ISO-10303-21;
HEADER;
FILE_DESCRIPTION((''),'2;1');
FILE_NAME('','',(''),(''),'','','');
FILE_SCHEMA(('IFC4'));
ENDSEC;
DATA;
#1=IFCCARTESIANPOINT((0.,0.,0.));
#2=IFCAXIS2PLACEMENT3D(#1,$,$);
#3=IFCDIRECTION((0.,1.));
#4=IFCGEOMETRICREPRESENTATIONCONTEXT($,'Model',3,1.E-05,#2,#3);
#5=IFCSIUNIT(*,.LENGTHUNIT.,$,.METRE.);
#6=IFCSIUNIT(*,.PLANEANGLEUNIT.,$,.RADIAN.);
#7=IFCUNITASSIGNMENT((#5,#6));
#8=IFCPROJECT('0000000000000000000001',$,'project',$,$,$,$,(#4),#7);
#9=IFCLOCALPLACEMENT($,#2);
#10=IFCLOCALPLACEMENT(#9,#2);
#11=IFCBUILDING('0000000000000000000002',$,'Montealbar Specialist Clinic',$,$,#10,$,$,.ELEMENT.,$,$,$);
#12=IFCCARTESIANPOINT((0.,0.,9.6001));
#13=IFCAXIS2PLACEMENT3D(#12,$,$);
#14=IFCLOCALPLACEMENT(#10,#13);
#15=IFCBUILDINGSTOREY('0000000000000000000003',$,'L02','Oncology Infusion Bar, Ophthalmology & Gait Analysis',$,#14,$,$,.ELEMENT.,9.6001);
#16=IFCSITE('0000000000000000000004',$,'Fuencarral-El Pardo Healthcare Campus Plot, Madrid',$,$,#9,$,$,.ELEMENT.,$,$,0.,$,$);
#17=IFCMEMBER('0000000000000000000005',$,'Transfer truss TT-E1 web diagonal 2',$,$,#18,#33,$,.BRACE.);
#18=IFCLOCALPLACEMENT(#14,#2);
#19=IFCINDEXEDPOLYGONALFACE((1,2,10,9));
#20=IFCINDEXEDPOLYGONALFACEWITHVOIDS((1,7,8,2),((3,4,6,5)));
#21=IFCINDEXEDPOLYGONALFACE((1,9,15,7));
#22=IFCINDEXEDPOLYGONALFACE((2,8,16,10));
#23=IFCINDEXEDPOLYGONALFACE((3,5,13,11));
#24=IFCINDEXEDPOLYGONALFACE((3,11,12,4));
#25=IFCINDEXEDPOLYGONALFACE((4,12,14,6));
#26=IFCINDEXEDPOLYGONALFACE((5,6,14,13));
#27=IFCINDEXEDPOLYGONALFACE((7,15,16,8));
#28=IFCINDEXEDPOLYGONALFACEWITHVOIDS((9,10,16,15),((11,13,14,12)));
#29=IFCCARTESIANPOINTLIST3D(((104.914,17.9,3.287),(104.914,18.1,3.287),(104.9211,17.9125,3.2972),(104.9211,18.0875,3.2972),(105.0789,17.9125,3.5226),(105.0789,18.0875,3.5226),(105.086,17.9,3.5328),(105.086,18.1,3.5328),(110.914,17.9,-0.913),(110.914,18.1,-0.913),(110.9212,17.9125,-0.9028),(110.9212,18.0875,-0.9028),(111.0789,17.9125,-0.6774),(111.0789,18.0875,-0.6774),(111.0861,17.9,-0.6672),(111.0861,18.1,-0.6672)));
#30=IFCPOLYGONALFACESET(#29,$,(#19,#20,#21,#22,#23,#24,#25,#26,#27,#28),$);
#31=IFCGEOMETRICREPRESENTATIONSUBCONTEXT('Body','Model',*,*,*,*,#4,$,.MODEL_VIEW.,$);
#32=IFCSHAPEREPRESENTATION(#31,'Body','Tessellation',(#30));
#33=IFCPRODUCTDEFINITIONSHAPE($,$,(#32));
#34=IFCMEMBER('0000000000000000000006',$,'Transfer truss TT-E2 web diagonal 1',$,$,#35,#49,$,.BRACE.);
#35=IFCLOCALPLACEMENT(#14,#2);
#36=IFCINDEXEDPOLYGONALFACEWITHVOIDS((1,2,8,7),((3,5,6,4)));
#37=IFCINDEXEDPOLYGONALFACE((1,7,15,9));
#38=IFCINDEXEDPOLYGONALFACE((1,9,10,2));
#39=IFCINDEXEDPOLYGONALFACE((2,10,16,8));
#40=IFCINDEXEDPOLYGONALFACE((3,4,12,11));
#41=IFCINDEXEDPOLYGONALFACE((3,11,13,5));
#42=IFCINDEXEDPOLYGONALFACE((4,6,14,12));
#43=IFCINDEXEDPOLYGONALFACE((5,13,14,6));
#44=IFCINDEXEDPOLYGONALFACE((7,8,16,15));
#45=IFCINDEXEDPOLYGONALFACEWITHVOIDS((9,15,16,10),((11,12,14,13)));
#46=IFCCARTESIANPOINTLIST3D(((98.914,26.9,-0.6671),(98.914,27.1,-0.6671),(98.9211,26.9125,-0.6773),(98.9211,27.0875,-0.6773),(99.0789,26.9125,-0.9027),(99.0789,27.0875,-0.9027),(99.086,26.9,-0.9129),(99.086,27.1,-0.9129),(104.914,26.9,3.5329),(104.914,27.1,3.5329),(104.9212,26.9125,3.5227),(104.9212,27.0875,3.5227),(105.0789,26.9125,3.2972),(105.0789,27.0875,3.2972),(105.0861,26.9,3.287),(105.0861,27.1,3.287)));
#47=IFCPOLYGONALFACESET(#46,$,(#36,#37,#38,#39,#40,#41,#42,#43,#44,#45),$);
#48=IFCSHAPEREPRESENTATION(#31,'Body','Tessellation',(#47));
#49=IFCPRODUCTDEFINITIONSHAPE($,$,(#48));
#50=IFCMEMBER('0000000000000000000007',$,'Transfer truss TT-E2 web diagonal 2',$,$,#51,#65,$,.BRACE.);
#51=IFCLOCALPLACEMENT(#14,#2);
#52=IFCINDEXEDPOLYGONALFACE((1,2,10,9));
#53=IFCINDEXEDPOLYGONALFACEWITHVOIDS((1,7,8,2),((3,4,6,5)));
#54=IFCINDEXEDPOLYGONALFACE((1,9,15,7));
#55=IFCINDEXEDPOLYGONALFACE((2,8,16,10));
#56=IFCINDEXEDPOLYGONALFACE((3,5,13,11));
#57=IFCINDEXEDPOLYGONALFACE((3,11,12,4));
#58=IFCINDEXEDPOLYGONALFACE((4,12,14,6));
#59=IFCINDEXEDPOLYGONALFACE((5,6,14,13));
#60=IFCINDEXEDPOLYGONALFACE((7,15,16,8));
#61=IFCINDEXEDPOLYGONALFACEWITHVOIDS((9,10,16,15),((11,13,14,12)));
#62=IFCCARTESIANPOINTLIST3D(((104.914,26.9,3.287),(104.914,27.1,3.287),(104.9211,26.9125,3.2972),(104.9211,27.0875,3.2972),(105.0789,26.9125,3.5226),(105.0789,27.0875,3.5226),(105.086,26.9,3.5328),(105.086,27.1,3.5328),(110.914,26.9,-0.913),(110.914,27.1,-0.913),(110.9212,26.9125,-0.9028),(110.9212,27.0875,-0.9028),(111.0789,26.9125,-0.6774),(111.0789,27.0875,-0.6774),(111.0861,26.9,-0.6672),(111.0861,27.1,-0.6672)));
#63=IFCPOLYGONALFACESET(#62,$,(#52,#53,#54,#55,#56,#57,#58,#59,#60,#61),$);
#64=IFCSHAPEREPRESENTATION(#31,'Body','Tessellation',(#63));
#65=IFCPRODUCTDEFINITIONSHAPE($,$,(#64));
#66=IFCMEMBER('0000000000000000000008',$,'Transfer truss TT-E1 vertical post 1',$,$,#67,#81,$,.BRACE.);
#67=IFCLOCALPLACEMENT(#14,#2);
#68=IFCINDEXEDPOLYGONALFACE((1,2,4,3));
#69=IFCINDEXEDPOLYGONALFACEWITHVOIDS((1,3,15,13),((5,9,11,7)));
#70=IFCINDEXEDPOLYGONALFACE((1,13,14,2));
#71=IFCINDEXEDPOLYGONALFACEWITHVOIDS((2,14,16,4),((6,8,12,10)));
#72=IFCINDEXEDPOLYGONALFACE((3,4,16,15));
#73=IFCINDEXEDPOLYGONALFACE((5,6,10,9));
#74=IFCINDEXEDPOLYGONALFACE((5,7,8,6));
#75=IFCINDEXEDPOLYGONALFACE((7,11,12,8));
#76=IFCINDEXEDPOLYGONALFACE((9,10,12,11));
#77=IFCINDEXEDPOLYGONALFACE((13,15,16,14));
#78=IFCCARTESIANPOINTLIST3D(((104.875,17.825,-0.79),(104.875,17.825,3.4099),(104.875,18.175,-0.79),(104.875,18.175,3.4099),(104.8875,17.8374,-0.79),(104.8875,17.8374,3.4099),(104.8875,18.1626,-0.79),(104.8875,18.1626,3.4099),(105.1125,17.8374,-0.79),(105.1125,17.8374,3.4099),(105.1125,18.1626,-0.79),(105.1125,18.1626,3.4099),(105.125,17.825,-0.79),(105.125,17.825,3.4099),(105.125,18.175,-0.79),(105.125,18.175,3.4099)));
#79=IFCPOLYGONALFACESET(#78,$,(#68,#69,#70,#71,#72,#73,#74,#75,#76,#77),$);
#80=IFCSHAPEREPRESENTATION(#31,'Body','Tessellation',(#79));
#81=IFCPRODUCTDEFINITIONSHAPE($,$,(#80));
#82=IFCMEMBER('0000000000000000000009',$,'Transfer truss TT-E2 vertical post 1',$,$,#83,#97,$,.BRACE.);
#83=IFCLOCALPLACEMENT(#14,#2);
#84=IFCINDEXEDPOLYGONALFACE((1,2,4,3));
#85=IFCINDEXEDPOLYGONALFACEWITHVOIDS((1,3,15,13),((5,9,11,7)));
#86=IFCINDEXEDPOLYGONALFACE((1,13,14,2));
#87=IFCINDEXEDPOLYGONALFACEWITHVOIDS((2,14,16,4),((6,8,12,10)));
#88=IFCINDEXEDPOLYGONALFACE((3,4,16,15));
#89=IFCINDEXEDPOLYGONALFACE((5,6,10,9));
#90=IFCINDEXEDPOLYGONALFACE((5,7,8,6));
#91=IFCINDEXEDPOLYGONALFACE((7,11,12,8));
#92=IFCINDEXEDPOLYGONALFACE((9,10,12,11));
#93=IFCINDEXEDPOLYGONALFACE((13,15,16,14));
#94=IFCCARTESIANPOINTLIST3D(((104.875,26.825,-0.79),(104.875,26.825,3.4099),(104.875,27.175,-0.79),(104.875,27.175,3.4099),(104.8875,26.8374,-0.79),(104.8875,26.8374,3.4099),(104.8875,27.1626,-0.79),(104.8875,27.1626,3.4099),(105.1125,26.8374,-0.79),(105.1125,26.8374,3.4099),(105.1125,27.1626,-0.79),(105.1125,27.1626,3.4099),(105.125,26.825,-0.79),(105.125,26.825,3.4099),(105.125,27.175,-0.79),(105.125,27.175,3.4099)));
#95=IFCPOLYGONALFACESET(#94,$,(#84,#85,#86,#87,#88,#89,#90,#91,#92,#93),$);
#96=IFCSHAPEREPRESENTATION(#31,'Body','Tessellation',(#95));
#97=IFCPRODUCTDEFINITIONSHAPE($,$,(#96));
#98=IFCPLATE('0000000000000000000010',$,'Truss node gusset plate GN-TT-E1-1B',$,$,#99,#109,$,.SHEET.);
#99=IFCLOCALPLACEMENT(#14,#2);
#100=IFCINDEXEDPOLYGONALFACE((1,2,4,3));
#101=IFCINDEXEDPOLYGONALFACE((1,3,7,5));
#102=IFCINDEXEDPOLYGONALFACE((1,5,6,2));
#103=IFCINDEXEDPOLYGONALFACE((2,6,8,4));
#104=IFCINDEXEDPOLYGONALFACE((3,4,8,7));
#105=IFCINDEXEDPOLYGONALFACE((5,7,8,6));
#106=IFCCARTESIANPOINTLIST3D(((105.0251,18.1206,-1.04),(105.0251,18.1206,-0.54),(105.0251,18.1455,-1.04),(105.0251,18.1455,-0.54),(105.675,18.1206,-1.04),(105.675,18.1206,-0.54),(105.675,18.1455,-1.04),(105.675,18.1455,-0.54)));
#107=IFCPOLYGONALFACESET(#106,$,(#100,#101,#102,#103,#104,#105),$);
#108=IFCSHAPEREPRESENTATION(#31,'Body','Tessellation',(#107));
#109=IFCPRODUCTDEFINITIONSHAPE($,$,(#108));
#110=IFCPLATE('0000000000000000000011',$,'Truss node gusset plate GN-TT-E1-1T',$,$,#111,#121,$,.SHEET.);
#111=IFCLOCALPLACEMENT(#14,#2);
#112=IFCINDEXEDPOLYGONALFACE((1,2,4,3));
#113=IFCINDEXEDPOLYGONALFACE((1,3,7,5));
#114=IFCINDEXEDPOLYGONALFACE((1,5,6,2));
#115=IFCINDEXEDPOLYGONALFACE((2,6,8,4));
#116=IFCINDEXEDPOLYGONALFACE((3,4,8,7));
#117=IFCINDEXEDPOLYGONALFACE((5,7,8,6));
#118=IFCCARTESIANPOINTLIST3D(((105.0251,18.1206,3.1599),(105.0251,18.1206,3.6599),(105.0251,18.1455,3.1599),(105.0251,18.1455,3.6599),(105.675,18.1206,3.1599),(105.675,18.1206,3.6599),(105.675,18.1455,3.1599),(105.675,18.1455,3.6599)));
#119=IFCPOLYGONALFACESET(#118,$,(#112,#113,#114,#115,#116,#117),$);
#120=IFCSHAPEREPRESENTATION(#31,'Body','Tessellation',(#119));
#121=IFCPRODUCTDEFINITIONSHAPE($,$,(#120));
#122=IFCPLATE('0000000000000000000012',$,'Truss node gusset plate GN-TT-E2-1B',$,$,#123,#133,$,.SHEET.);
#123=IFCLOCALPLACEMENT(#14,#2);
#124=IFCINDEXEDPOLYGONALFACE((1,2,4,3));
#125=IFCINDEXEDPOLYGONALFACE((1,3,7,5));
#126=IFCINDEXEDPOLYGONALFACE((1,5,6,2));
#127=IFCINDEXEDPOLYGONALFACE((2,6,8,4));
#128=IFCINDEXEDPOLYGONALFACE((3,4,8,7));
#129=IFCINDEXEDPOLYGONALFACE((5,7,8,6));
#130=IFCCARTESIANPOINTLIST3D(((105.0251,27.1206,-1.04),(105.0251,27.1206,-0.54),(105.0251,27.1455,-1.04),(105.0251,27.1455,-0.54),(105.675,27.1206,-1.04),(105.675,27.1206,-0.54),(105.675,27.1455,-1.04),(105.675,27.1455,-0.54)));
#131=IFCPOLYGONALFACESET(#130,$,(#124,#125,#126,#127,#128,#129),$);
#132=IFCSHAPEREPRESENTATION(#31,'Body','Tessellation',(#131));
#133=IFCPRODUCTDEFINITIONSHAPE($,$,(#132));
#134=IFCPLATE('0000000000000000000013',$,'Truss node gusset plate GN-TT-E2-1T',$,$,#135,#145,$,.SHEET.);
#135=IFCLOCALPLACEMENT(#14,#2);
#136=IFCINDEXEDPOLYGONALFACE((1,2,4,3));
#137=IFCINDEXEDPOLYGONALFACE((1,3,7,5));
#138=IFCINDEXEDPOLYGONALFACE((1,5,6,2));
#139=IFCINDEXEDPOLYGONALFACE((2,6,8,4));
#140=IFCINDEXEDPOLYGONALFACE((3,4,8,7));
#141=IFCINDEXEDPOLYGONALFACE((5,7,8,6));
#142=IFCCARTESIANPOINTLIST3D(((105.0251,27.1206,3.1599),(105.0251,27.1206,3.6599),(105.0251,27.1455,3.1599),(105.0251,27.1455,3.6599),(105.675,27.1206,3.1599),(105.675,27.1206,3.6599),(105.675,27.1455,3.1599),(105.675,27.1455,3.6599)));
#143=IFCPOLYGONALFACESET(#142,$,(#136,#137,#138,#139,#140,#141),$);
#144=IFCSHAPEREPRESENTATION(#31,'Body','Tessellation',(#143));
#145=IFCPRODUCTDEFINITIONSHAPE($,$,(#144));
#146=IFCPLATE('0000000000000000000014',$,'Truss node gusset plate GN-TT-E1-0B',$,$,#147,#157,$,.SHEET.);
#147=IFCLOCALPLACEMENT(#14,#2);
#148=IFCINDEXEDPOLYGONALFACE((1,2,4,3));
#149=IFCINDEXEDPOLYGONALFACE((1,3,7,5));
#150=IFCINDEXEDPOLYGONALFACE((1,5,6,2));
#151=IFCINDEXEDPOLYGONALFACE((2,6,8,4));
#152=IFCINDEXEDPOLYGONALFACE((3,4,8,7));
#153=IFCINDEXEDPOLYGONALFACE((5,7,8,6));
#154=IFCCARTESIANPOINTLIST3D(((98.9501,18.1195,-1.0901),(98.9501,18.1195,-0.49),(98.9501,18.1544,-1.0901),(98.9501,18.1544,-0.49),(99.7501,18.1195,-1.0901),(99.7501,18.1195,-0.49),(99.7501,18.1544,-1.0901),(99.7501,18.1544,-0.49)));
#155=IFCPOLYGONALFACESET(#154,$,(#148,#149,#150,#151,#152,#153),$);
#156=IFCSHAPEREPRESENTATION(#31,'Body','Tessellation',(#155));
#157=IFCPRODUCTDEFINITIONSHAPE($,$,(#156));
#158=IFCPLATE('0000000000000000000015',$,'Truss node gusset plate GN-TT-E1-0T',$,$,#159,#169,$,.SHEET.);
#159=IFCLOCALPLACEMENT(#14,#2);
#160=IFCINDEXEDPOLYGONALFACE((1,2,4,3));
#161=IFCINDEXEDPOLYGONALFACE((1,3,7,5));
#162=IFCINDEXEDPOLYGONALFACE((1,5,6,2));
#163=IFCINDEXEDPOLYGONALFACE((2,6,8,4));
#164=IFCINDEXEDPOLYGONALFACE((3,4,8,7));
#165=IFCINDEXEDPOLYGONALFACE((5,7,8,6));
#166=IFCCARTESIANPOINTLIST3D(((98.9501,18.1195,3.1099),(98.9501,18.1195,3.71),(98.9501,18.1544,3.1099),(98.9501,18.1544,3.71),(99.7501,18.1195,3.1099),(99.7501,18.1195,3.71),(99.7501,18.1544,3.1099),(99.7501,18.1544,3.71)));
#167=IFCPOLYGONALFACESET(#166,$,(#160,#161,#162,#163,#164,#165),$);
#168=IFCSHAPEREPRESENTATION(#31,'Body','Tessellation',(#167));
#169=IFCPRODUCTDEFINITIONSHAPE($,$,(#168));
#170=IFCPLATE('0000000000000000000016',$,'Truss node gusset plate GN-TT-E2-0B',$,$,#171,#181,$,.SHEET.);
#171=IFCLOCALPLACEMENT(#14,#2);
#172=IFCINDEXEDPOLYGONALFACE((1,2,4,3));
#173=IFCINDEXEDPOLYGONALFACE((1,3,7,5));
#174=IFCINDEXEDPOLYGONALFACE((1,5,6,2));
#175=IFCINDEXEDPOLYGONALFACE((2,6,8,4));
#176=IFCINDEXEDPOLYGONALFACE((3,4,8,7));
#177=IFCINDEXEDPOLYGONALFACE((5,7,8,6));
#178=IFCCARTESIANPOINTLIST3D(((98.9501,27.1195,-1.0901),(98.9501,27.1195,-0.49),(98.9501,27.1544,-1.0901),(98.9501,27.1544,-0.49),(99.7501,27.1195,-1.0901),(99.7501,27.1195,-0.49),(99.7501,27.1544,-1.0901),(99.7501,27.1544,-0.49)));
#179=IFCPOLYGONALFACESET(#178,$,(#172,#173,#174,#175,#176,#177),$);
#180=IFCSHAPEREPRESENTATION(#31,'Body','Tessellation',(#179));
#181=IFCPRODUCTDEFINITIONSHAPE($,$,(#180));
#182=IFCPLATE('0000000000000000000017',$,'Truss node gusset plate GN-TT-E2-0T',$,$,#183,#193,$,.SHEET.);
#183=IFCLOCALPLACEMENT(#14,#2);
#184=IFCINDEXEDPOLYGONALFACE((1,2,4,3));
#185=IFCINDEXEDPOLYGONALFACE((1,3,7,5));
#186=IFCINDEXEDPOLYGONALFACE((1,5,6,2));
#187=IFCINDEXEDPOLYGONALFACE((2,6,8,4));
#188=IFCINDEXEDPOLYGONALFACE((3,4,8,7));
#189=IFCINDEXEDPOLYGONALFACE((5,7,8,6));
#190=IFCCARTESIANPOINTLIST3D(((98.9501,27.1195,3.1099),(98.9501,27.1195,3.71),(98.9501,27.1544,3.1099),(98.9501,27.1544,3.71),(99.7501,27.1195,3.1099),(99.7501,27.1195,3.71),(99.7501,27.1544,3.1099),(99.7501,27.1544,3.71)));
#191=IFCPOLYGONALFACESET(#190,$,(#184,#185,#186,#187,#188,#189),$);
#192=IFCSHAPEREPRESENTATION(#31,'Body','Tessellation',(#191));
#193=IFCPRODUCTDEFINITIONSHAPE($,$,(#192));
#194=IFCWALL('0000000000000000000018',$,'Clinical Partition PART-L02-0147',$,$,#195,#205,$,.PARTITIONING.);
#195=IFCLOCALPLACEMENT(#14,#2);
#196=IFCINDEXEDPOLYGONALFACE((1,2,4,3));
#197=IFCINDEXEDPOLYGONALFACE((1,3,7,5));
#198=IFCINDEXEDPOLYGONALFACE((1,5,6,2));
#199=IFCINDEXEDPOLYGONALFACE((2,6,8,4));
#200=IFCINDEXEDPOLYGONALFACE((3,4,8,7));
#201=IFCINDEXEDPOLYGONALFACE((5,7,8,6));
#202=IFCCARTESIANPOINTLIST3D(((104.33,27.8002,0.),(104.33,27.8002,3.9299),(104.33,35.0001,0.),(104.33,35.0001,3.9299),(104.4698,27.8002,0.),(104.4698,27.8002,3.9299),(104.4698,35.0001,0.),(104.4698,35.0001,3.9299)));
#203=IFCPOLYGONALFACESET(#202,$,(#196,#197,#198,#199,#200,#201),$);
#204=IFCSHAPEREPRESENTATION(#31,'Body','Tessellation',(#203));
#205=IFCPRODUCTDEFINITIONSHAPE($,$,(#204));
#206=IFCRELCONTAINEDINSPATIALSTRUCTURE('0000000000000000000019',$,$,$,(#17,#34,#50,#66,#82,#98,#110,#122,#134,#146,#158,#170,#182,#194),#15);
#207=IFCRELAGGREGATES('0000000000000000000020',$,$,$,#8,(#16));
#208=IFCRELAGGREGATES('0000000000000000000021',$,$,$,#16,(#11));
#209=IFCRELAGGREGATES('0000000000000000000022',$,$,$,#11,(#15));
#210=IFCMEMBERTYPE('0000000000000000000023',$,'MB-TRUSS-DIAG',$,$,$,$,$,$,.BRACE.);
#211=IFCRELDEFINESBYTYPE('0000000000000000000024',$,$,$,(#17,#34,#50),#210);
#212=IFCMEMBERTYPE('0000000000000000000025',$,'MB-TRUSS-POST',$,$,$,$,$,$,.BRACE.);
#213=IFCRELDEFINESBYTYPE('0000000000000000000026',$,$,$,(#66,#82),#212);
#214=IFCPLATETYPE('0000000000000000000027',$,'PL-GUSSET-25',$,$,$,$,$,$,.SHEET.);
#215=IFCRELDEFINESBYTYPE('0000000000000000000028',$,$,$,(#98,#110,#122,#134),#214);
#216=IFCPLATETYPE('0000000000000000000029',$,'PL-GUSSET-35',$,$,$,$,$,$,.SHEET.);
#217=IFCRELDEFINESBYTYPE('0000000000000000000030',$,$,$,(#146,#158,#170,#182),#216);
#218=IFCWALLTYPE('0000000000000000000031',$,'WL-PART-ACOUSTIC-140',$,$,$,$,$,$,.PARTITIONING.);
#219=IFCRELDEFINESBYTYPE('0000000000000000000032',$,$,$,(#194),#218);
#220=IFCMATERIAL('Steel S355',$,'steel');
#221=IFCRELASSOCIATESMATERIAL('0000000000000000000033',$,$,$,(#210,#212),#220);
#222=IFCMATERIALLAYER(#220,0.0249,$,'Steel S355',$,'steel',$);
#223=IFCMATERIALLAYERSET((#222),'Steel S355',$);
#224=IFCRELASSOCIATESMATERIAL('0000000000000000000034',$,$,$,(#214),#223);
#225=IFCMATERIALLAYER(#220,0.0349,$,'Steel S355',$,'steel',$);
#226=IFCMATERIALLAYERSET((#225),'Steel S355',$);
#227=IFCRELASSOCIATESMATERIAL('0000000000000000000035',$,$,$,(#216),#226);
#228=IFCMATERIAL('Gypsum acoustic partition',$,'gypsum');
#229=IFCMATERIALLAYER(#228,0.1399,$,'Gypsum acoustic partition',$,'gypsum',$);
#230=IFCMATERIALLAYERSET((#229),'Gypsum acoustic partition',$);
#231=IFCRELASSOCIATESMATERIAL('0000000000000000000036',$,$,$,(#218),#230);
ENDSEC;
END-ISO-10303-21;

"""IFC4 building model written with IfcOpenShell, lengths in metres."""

from ifc_helpers import new_model, si_unit, direction, frame, frame_2d, origin, origin_2d, place, context, subcontext, project, spatial, rectangle, hollow_rectangle, extrude, material, layer, layer_set, material_profile, profile_set, type_object, element, save


model = new_model("IFC4")

# Units and contexts
model_context = context("Model", 3, precision=1e-05, world=origin(), true_north=direction((0.0, 1.0)))
body_context = subcontext(model_context, "Body", "Model", "MODEL_VIEW")
ifc_project = project(units=[si_unit("LENGTHUNIT", "METRE"), si_unit("PLANEANGLEUNIT", "RADIAN")], contexts=[model_context])

# Site, building, storey
site_placement = place(None, origin())
site = spatial("IfcSite", under=ifc_project, at=site_placement, Name="Fuencarral-El Pardo Healthcare Campus Plot, Madrid", CompositionType="ELEMENT", RefElevation=0.0)
building_placement = place(site_placement, origin())
building = spatial("IfcBuilding", under=site, at=building_placement, Name="Montealbar Specialist Clinic", CompositionType="ELEMENT")
storey_placement = place(building_placement, frame((0.0, 0.0, 9.6001)))
storey = spatial("IfcBuildingStorey", under=building, at=storey_placement, Name="L02", Description="Oncology Infusion Bar, Ophthalmology & Gait Analysis", CompositionType="ELEMENT", Elevation=9.6001)

# Shared definitions
ifc_material_1 = material(Name="Steel S355", Category="steel")

# Members
ifc_material_profile_1 = material_profile(ifc_material_1, hollow_rectangle(XDim=0.2, YDim=0.3, WallThickness=0.0125, at=origin_2d()), Name="RHS 300x200x12.5", Category="steel")
ifc_profile_set_1 = profile_set([ifc_material_profile_1], Name="Steel S355")
member_type_1 = type_object("IfcMemberType", Name="MB-TRUSS-DIAG", PredefinedType="BRACE", material=ifc_profile_set_1)
for number, where, z_axis, x_axis, name in (
    (1, (105.0, 18.0, 3.4099), (0.819235, 0.0, -0.573458), (0.0, 1.0, 0.0), "Transfer truss TT-E1 web diagonal 2"),
    (2, (99.0, 27.0, -0.79), (0.819235, 0.0, 0.573458), (0.0, 1.0, 0.0), "Transfer truss TT-E2 web diagonal 1"),
    (3, (105.0, 27.0, 3.4099), (0.819235, 0.0, -0.573458), (0.0, 1.0, 0.0), "Transfer truss TT-E2 web diagonal 2"),
):
    element("IfcMember", number, at=place(storey_placement, frame(where, z_axis=z_axis, x_axis=x_axis)), inside=storey, type_object=member_type_1, Name=name, PredefinedType="BRACE", context=body_context, shape_type="SweptSolid", body=[
        extrude(hollow_rectangle(XDim=0.2, YDim=0.3, WallThickness=0.0125, at=origin_2d()), origin(), (0.0, 0.0, 1.0), 7.324),
    ])
ifc_material_profile_2 = material_profile(ifc_material_1, hollow_rectangle(XDim=0.25, YDim=0.3501, WallThickness=0.0125, at=origin_2d()), Name="RHS 350x250x12.5", Category="steel")
ifc_profile_set_2 = profile_set([ifc_material_profile_2], Name="Steel S355")
member_type_2 = type_object("IfcMemberType", Name="MB-TRUSS-POST", PredefinedType="BRACE", material=ifc_profile_set_2)
for number, where, z_axis, x_axis, name in (
    (4, (105.0, 18.0, -0.79), (0.0, 0.0, 1.0), (1.0, 0.0, 0.0), "Transfer truss TT-E1 vertical post 1"),
    (5, (105.0, 27.0, -0.79), (0.0, 0.0, 1.0), (1.0, 0.0, 0.0), "Transfer truss TT-E2 vertical post 1"),
):
    element("IfcMember", number, at=place(storey_placement, frame(where, z_axis=z_axis, x_axis=x_axis)), inside=storey, type_object=member_type_2, Name=name, PredefinedType="BRACE", context=body_context, shape_type="SweptSolid", body=[
        extrude(hollow_rectangle(XDim=0.25, YDim=0.3501, WallThickness=0.0125, at=origin_2d()), origin(), (0.0, 0.0, 1.0), 4.2),
    ])

# Plates
ifc_layer_1 = layer(ifc_material_1, 0.0249, Name="Steel S355", Category="steel")
ifc_layer_set_1 = layer_set([ifc_layer_1], Name="Steel S355")
plate_type_1 = type_object("IfcPlateType", Name="PL-GUSSET-25", PredefinedType="SHEET", material=ifc_layer_set_1)
for number, where, z_axis, x_axis, name in (
    (6, (105.3501, 18.1331, -1.04), (0.0, 0.0, 1.0), (1.0, 0.0, 0.0), "Truss node gusset plate GN-TT-E1-1B"),
    (7, (105.3501, 18.1331, 3.1599), (0.0, 0.0, 1.0), (1.0, 0.0, 0.0), "Truss node gusset plate GN-TT-E1-1T"),
    (8, (105.3501, 27.1331, -1.04), (0.0, 0.0, 1.0), (1.0, 0.0, 0.0), "Truss node gusset plate GN-TT-E2-1B"),
    (9, (105.3501, 27.1331, 3.1599), (0.0, 0.0, 1.0), (1.0, 0.0, 0.0), "Truss node gusset plate GN-TT-E2-1T"),
):
    element("IfcPlate", number, at=place(storey_placement, frame(where, z_axis=z_axis, x_axis=x_axis)), inside=storey, type_object=plate_type_1, Name=name, PredefinedType="SHEET", context=body_context, shape_type="SweptSolid", body=[
        extrude(rectangle(XDim=0.6499, YDim=0.0249, at=origin_2d()), origin(), (0.0, 0.0, 1.0), 0.5),
    ])
ifc_layer_2 = layer(ifc_material_1, 0.0349, Name="Steel S355", Category="steel")
ifc_layer_set_2 = layer_set([ifc_layer_2], Name="Steel S355")
plate_type_2 = type_object("IfcPlateType", Name="PL-GUSSET-35", PredefinedType="SHEET", material=ifc_layer_set_2)
for number, where, z_axis, x_axis, name in (
    (10, (99.3501, 18.137, -1.0901), (0.0, 0.0, 1.0), (1.0, 0.0, 0.0), "Truss node gusset plate GN-TT-E1-0B"),
    (11, (99.3501, 18.137, 3.1099), (0.0, 0.0, 1.0), (1.0, 0.0, 0.0), "Truss node gusset plate GN-TT-E1-0T"),
    (12, (99.3501, 27.137, -1.0901), (0.0, 0.0, 1.0), (1.0, 0.0, 0.0), "Truss node gusset plate GN-TT-E2-0B"),
    (13, (99.3501, 27.137, 3.1099), (0.0, 0.0, 1.0), (1.0, 0.0, 0.0), "Truss node gusset plate GN-TT-E2-0T"),
):
    element("IfcPlate", number, at=place(storey_placement, frame(where, z_axis=z_axis, x_axis=x_axis)), inside=storey, type_object=plate_type_2, Name=name, PredefinedType="SHEET", context=body_context, shape_type="SweptSolid", body=[
        extrude(rectangle(XDim=0.8, YDim=0.0349, at=origin_2d()), origin(), (0.0, 0.0, 1.0), 0.6001),
    ])

# Wall
ifc_material_2 = material(Name="Gypsum acoustic partition", Category="gypsum")
ifc_layer_3 = layer(ifc_material_2, 0.1399, Name="Gypsum acoustic partition", Category="gypsum")
ifc_layer_set_3 = layer_set([ifc_layer_3], Name="Gypsum acoustic partition")
wall_type_1 = type_object("IfcWallType", Name="WL-PART-ACOUSTIC-140", PredefinedType="PARTITIONING", material=ifc_layer_set_3)
wall_1_placement = place(storey_placement, frame((104.3999, 27.8, 0.0), z_axis=(0.0, 0.0, 1.0), x_axis=(0.0, 1.0, 0.0)))
element("IfcWall", 14, at=wall_1_placement, inside=storey, type_object=wall_type_1, Name="Clinical Partition PART-L02-0147", PredefinedType="PARTITIONING", context=body_context, shape_type="SweptSolid", body=[
    extrude(rectangle(XDim=7.2, YDim=0.1399, at=frame_2d((3.6001, 0.0))), origin(), (0.0, 0.0, 1.0), 3.9299),
])

save(model, "model.ifc")
